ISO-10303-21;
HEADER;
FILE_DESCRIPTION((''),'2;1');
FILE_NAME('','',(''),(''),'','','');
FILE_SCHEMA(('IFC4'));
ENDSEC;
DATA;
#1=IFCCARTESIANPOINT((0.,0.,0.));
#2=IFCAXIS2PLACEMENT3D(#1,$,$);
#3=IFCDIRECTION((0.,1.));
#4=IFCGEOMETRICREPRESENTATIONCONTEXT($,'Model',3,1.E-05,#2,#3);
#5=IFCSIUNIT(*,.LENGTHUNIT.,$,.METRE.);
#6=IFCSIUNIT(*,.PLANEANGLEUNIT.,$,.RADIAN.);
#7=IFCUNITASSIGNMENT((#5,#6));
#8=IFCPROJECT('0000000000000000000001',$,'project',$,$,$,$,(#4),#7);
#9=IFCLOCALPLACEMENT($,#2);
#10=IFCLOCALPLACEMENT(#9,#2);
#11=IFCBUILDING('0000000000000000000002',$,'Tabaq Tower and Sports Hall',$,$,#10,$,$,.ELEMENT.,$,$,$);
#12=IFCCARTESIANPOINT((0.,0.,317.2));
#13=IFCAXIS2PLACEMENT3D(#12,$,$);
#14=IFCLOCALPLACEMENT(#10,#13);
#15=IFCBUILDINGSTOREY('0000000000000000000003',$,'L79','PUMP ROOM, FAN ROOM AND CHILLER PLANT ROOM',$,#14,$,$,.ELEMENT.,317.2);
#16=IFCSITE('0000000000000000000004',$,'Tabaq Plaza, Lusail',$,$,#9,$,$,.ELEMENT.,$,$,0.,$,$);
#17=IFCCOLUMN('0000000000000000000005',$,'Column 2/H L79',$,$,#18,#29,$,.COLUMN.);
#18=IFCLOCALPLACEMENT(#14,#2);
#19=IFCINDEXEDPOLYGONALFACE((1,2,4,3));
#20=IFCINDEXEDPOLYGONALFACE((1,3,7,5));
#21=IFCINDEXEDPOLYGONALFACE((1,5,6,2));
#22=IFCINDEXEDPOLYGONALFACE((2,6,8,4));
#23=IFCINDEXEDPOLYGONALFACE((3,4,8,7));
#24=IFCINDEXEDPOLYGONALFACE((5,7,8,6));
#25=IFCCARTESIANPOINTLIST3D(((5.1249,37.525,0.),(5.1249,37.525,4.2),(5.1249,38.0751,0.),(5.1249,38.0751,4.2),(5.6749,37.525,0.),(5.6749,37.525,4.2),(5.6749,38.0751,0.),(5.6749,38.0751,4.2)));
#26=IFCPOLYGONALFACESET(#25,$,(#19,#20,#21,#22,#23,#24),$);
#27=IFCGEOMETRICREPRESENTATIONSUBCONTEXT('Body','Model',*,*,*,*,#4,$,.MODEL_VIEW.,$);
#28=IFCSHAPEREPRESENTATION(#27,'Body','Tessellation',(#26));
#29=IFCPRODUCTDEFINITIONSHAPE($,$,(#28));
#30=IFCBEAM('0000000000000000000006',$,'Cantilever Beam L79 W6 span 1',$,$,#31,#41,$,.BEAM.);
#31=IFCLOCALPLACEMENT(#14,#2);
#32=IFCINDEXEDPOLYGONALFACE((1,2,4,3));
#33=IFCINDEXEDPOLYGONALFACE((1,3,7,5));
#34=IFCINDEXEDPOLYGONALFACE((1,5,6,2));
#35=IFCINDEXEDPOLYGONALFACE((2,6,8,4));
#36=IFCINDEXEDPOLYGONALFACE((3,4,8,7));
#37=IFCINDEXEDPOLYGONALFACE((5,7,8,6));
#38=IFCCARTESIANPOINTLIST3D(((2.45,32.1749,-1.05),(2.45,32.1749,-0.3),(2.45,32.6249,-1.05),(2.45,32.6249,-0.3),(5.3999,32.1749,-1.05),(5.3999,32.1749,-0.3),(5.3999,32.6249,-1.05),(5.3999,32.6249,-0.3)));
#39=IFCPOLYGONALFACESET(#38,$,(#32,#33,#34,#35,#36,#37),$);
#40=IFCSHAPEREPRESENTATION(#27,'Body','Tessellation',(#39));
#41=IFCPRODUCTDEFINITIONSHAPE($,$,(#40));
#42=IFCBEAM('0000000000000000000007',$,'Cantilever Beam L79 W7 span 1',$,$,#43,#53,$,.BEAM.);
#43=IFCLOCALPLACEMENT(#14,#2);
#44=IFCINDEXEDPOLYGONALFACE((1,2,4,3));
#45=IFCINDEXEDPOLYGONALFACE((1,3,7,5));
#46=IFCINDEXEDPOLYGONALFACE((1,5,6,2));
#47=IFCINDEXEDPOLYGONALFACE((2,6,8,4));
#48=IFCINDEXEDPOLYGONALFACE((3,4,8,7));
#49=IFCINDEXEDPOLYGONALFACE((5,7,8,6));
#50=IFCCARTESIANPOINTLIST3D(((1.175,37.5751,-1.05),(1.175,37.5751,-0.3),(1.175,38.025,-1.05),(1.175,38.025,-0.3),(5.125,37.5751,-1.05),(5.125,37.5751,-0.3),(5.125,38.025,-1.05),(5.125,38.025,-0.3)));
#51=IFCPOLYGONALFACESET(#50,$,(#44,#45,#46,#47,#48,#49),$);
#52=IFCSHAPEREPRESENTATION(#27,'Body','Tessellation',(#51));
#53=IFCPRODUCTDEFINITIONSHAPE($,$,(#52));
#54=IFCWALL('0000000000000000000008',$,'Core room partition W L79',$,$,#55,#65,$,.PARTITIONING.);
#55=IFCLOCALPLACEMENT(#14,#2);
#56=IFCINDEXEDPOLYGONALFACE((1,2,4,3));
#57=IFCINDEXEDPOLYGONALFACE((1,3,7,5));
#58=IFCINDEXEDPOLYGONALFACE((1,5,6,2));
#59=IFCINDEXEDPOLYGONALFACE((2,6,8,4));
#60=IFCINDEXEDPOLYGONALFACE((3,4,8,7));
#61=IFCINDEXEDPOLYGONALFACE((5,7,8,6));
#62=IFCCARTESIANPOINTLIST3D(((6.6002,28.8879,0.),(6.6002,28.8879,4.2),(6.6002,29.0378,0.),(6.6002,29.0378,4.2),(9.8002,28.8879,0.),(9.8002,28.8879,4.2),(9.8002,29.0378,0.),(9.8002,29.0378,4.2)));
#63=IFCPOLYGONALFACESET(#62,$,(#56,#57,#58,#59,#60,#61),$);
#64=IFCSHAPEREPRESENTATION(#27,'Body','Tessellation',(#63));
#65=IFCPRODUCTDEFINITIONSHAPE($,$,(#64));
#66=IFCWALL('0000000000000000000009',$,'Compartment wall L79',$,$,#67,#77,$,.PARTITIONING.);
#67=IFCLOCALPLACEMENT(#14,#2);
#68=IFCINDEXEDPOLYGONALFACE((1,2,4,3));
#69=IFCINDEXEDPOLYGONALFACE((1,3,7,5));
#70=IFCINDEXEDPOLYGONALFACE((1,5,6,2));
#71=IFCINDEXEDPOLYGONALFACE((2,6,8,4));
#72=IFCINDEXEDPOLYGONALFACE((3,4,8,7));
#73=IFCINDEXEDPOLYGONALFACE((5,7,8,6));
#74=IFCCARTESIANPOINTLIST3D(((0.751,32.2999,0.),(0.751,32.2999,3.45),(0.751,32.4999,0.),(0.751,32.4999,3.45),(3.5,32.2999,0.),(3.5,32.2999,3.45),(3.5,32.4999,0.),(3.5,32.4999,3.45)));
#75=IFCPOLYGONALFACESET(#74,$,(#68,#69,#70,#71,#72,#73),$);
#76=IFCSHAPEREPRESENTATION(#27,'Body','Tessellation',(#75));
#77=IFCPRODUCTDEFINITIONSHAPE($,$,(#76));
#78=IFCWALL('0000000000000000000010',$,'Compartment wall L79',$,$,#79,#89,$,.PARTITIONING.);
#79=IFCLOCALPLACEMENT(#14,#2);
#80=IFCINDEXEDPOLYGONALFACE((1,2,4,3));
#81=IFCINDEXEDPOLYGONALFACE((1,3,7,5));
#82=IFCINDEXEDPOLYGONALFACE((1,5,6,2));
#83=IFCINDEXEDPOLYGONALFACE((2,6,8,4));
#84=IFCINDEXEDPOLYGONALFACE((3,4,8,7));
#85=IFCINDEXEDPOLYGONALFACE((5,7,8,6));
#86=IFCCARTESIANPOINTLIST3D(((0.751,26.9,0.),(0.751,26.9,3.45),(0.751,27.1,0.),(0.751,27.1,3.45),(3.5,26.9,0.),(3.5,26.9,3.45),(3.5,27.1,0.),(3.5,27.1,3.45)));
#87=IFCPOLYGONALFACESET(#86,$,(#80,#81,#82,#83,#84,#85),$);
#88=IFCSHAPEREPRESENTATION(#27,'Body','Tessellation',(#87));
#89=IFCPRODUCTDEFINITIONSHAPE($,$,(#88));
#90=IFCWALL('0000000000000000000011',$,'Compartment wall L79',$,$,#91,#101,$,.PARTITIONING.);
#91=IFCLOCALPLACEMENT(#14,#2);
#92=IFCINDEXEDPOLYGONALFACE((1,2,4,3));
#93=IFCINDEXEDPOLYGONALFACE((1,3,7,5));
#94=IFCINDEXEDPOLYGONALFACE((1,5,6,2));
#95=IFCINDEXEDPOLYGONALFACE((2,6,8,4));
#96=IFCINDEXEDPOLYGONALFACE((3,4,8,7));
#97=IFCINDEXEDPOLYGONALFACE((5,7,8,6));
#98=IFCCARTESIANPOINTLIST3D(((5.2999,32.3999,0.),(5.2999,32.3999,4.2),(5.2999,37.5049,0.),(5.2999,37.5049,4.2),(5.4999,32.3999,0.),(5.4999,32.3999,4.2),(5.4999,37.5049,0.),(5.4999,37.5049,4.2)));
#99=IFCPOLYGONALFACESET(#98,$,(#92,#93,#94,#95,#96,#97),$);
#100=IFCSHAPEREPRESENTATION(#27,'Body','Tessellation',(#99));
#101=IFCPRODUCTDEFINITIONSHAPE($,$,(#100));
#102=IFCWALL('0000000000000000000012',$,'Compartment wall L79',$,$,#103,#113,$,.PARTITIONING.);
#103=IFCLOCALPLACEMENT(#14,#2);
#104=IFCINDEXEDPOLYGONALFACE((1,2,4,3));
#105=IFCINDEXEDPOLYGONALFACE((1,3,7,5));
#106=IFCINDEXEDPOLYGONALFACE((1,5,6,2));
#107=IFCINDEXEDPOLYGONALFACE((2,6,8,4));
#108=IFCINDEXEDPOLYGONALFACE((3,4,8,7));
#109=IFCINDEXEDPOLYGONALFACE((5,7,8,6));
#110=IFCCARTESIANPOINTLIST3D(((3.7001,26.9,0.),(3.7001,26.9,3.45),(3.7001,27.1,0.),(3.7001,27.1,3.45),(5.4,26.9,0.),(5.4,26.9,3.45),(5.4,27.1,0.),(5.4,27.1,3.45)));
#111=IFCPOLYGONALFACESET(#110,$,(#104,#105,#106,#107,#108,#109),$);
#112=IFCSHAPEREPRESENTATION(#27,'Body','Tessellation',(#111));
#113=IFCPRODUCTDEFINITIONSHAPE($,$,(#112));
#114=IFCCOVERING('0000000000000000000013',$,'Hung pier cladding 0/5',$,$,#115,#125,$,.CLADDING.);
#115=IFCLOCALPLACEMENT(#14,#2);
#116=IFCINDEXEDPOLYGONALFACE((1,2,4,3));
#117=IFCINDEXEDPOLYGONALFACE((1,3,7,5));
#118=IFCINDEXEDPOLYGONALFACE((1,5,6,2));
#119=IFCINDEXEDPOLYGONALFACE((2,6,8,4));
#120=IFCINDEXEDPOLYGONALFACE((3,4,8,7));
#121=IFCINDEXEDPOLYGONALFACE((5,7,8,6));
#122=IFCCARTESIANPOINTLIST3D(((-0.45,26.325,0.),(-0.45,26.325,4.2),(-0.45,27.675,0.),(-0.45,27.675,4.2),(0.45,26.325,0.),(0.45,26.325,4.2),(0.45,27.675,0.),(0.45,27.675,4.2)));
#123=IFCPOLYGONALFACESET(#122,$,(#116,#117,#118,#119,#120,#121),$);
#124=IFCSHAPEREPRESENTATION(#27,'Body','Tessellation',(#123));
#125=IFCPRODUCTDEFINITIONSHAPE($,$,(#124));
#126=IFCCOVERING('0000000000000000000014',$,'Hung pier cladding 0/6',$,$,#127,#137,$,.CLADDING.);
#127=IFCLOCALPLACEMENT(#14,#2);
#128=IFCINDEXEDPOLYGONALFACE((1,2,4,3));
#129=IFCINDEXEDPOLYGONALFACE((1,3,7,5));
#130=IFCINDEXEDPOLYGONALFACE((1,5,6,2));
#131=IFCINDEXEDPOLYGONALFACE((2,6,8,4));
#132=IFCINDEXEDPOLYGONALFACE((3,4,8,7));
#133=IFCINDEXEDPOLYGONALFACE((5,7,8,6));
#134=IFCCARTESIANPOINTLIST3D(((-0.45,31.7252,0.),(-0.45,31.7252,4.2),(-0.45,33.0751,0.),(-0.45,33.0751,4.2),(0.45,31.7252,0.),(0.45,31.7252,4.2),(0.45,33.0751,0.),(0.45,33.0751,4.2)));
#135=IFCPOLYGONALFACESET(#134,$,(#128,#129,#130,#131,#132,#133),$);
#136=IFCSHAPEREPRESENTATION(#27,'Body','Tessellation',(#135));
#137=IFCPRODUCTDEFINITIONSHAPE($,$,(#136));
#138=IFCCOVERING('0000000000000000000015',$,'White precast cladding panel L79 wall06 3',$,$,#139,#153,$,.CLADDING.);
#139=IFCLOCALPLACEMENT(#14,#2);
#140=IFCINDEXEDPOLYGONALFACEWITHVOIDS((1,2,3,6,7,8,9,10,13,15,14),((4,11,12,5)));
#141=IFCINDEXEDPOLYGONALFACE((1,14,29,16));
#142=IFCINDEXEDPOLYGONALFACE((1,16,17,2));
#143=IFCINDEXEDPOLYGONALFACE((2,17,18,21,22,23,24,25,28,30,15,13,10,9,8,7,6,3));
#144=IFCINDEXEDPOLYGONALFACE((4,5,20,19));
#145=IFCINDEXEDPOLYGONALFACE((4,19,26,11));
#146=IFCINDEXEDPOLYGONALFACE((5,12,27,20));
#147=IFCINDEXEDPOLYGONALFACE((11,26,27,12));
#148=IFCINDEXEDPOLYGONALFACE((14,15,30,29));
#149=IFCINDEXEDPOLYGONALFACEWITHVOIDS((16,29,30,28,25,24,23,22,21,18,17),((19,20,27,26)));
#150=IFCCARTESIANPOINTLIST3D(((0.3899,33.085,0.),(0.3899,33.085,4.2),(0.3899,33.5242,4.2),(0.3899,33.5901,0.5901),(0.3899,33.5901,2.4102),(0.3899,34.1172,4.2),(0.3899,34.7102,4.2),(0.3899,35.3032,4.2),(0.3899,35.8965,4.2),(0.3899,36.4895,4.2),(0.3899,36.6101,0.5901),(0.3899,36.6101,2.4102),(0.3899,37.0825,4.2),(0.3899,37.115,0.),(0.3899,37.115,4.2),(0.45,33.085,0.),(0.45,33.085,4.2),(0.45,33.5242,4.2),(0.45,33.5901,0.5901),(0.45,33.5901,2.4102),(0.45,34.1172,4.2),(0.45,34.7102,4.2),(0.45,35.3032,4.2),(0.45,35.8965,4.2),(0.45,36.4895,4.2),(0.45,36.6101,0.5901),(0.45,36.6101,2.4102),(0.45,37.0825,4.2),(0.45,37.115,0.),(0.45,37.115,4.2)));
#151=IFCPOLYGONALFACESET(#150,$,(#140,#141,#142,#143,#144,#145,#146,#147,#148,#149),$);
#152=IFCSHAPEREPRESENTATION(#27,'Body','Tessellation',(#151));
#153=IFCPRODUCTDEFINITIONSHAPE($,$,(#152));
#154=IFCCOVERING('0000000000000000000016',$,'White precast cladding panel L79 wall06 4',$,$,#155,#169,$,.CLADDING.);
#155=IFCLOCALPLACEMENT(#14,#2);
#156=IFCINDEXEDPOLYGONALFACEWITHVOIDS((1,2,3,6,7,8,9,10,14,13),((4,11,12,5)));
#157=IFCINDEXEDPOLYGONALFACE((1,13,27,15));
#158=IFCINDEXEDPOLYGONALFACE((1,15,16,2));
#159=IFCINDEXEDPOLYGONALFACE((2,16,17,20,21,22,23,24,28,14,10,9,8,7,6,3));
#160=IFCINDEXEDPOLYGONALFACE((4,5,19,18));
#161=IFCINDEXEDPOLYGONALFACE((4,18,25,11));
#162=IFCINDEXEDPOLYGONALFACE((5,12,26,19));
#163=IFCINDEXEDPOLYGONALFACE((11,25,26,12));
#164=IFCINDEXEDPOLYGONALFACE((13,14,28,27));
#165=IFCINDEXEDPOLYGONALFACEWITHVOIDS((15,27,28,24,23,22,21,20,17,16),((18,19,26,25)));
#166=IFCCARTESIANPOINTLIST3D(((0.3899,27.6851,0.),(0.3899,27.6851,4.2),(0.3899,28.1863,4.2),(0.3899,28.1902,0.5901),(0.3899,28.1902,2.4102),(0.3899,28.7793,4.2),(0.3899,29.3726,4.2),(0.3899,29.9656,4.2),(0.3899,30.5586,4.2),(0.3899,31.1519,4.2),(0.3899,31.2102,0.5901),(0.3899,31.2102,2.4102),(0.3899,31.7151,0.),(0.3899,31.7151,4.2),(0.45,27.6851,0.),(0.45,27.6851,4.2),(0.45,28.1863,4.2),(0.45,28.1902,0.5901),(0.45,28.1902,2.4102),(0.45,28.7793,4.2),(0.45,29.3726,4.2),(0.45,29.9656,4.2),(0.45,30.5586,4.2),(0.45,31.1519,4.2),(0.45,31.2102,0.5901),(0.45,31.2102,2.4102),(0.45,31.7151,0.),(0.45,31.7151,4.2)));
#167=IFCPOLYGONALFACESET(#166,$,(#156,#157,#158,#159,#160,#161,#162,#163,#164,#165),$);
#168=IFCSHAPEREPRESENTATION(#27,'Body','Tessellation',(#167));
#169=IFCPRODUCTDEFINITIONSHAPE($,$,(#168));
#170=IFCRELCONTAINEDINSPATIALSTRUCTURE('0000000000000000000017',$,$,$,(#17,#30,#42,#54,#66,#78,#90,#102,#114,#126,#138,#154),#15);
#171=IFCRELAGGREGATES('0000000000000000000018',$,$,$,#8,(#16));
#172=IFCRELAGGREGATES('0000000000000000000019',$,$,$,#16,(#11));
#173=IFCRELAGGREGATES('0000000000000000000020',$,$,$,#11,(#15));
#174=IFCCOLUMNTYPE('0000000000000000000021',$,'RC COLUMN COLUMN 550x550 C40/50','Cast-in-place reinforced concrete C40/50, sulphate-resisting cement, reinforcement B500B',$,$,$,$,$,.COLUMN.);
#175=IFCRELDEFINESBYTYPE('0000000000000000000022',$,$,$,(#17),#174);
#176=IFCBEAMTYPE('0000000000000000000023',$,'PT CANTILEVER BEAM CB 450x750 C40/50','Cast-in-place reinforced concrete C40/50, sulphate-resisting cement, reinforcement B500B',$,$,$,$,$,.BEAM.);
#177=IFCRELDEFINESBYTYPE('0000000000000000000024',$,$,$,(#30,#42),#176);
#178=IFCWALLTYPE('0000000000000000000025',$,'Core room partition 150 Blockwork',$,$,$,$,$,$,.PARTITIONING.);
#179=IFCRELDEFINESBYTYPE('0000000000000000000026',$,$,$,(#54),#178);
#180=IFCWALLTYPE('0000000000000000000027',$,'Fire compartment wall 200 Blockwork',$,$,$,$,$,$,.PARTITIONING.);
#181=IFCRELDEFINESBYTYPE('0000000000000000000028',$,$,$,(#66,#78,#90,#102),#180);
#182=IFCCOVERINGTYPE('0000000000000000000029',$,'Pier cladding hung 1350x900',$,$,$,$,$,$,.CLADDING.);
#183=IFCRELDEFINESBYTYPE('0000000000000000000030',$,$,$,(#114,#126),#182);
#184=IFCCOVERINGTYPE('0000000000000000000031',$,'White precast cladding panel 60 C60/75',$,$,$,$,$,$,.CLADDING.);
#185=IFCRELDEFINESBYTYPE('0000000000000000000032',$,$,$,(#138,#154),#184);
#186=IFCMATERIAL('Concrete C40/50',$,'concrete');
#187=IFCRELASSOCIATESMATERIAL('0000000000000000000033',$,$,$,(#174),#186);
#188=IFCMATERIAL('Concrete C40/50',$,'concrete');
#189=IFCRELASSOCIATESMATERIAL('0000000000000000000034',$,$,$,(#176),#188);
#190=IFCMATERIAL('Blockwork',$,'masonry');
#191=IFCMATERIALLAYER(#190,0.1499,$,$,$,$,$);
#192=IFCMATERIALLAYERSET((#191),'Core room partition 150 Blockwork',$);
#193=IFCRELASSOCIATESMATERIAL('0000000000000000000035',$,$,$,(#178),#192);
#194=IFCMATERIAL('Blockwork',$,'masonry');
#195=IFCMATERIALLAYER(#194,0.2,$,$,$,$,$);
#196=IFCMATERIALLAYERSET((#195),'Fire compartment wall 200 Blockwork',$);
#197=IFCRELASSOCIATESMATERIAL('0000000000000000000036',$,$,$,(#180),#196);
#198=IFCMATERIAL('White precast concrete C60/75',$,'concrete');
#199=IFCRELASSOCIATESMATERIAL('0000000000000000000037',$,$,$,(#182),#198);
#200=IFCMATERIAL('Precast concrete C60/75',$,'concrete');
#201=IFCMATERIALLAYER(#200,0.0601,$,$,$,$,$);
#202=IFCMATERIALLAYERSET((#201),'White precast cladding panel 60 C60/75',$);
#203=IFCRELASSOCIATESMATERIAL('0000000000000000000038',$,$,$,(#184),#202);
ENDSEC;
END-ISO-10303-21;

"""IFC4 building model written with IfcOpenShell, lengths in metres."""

from ifc_helpers import new_model, si_unit, direction, frame, frame_2d, origin, origin_2d, place, context, subcontext, project, spatial, polyline, rectangle, outline, extrude, material, layer, layer_set, material_profile, profile_set, type_object, element, save


model = new_model("IFC4")

# Units and contexts
model_context = context("Model", 3, precision=1e-05, world=origin(), true_north=direction((0.0, 1.0)))
body_context = subcontext(model_context, "Body", "Model", "MODEL_VIEW")
ifc_project = project(units=[si_unit("LENGTHUNIT", "METRE"), si_unit("PLANEANGLEUNIT", "RADIAN")], contexts=[model_context])

# Site, building, storey
site_placement = place(None, origin())
site = spatial("IfcSite", under=ifc_project, at=site_placement, Name="Tabaq Plaza, Lusail", CompositionType="ELEMENT", RefElevation=0.0)
building_placement = place(site_placement, origin())
building = spatial("IfcBuilding", under=site, at=building_placement, Name="Tabaq Tower and Sports Hall", CompositionType="ELEMENT")
storey_placement = place(building_placement, frame((0.0, 0.0, 317.2)))
storey = spatial("IfcBuildingStorey", under=building, at=storey_placement, Name="L79", Description="PUMP ROOM, FAN ROOM AND CHILLER PLANT ROOM", CompositionType="ELEMENT", Elevation=317.2)

# Column
ifc_material_1 = material(Name="Concrete C40/50", Category="concrete")
ifc_material_profile_1 = material_profile(ifc_material_1, rectangle(XDim=0.55, YDim=0.55, at=origin_2d()), Name="COLUMN 550x550")
ifc_profile_set_1 = profile_set([ifc_material_profile_1], Name="Concrete C40/50")
column_type = type_object("IfcColumnType", Name="RC COLUMN COLUMN 550x550 C40/50", Description="Cast-in-place reinforced concrete C40/50, sulphate-resisting cement, reinforcement B500B", PredefinedType="COLUMN", material=ifc_profile_set_1)
column_placement = place(storey_placement, frame((5.3999, 37.8, 0.0), z_axis=(0.0, 0.0, 1.0), x_axis=(1.0, 0.0, 0.0)))
element("IfcColumn", 1, at=column_placement, inside=storey, type_object=column_type, Name="Column 2/H L79", PredefinedType="COLUMN", context=body_context, shape_type="SweptSolid", body=[
    extrude(rectangle(XDim=0.55, YDim=0.55, at=origin_2d()), origin(), (0.0, 0.0, 1.0), 4.2),
])

# Beams
ifc_material_2 = material(Name="Concrete C40/50", Category="concrete")
ifc_material_profile_2 = material_profile(ifc_material_2, rectangle(XDim=0.45, YDim=0.75, at=origin_2d()), Name="CB 450x750")
ifc_profile_set_2 = profile_set([ifc_material_profile_2], Name="Concrete C40/50")
beam_type = type_object("IfcBeamType", Name="PT CANTILEVER BEAM CB 450x750 C40/50", Description="Cast-in-place reinforced concrete C40/50, sulphate-resisting cement, reinforcement B500B", PredefinedType="BEAM", material=ifc_profile_set_2)
beam_1_placement = place(storey_placement, frame((2.45, 32.3999, -0.675), z_axis=(1.0, 0.0, 0.0), x_axis=(0.0, 1.0, 0.0)))
element("IfcBeam", 2, at=beam_1_placement, inside=storey, type_object=beam_type, Name="Cantilever Beam L79 W6 span 1", PredefinedType="BEAM", context=body_context, shape_type="SweptSolid", body=[
    extrude(rectangle(XDim=0.45, YDim=0.75, at=origin_2d()), origin(), (0.0, 0.0, 1.0), 2.95),
])
beam_2_placement = place(storey_placement, frame((1.175, 37.8, -0.675), z_axis=(1.0, 0.0, 0.0), x_axis=(0.0, 1.0, 0.0)))
element("IfcBeam", 3, at=beam_2_placement, inside=storey, type_object=beam_type, Name="Cantilever Beam L79 W7 span 1", PredefinedType="BEAM", context=body_context, shape_type="SweptSolid", body=[
    extrude(rectangle(XDim=0.45, YDim=0.75, at=origin_2d()), origin(), (0.0, 0.0, 1.0), 3.95),
])

# Wall
ifc_material_3 = material(Name="Blockwork", Category="masonry")
ifc_layer_1 = layer(ifc_material_3, 0.1499)
ifc_layer_set_1 = layer_set([ifc_layer_1], Name="Core room partition 150 Blockwork")
wall_type_1 = type_object("IfcWallType", Name="Core room partition 150 Blockwork", PredefinedType="PARTITIONING", material=ifc_layer_set_1)
wall_1_placement = place(storey_placement, frame((6.6001, 28.9629, 0.0), z_axis=(0.0, 0.0, 1.0), x_axis=(1.0, 0.0, 0.0)))
element("IfcWall", 4, at=wall_1_placement, inside=storey, type_object=wall_type_1, Name="Core room partition W L79", PredefinedType="PARTITIONING", context=body_context, shape_type="SweptSolid", body=[
    extrude(rectangle(XDim=3.2, YDim=0.1499, at=frame_2d((1.6001, 0.0))), origin(), (0.0, 0.0, 1.0), 4.2),
])

# Walls
ifc_material_4 = material(Name="Blockwork", Category="masonry")
ifc_layer_2 = layer(ifc_material_4, 0.2)
ifc_layer_set_2 = layer_set([ifc_layer_2], Name="Fire compartment wall 200 Blockwork")
wall_type_2 = type_object("IfcWallType", Name="Fire compartment wall 200 Blockwork", PredefinedType="PARTITIONING", material=ifc_layer_set_2)
for number, where, z_axis, x_axis, name in (
    (5, (0.751, 32.3999, 0.0), (0.0, 0.0, 1.0), (1.0, 0.0, 0.0), "Compartment wall L79"),
    (6, (0.751, 27.0, 0.0), (0.0, 0.0, 1.0), (1.0, 0.0, 0.0), "Compartment wall L79"),
):
    element("IfcWall", number, at=place(storey_placement, frame(where, z_axis=z_axis, x_axis=x_axis)), inside=storey, type_object=wall_type_2, Name=name, PredefinedType="PARTITIONING", context=body_context, shape_type="SweptSolid", body=[
        extrude(rectangle(XDim=2.749, YDim=0.2, at=frame_2d((1.3745, 0.0))), origin(), (0.0, 0.0, 1.0), 3.45),
    ])
wall_2_placement = place(storey_placement, frame((5.3999, 37.5049, 0.0), z_axis=(0.0, 0.0, 1.0), x_axis=(0.0, -1.0, 0.0)))
element("IfcWall", 7, at=wall_2_placement, inside=storey, type_object=wall_type_2, Name="Compartment wall L79", PredefinedType="PARTITIONING", context=body_context, shape_type="SweptSolid", body=[
    extrude(rectangle(XDim=5.105, YDim=0.2, at=frame_2d((2.5525, 0.0))), origin(), (0.0, 0.0, 1.0), 4.2),
])
wall_3_placement = place(storey_placement, frame((3.7, 27.0, 0.0), z_axis=(0.0, 0.0, 1.0), x_axis=(1.0, 0.0, 0.0)))
element("IfcWall", 8, at=wall_3_placement, inside=storey, type_object=wall_type_2, Name="Compartment wall L79", PredefinedType="PARTITIONING", context=body_context, shape_type="SweptSolid", body=[
    extrude(rectangle(XDim=1.7, YDim=0.2, at=frame_2d((0.8501, 0.0))), origin(), (0.0, 0.0, 1.0), 3.45),
])

# Coverings
ifc_material_5 = material(Name="White precast concrete C60/75", Category="concrete")
covering_type_1 = type_object("IfcCoveringType", Name="Pier cladding hung 1350x900", PredefinedType="CLADDING", material=ifc_material_5)
covering_1_placement = place(storey_placement, frame((0.0, 27.675, 0.0), z_axis=(0.0, 0.0, 1.0), x_axis=(0.0, -1.0, 0.0)))
element("IfcCovering", 9, at=covering_1_placement, inside=storey, type_object=covering_type_1, Name="Hung pier cladding 0/5", PredefinedType="CLADDING", context=body_context, shape_type="SweptSolid", body=[
    extrude(rectangle(XDim=1.3501, YDim=0.8999, at=frame_2d((0.675, 0.0))), origin(), (0.0, 0.0, 1.0), 4.2),
])
covering_2_placement = place(storey_placement, frame((0.0, 33.075, 0.0), z_axis=(0.0, 0.0, 1.0), x_axis=(0.0, -1.0, 0.0)))
element("IfcCovering", 10, at=covering_2_placement, inside=storey, type_object=covering_type_1, Name="Hung pier cladding 0/6", PredefinedType="CLADDING", context=body_context, shape_type="SweptSolid", body=[
    extrude(rectangle(XDim=1.3499, YDim=0.8999, at=frame_2d((0.6748, 0.0))), origin(), (0.0, 0.0, 1.0), 4.2),
])
ifc_material_6 = material(Name="Precast concrete C60/75", Category="concrete")
ifc_layer_3 = layer(ifc_material_6, 0.0601)
ifc_layer_set_3 = layer_set([ifc_layer_3], Name="White precast cladding panel 60 C60/75")
covering_type_2 = type_object("IfcCoveringType", Name="White precast cladding panel 60 C60/75", PredefinedType="CLADDING", material=ifc_layer_set_3)
covering_3_placement = place(storey_placement, frame((0.4199, 37.115, 0.0), z_axis=(0.0, 0.0, 1.0), x_axis=(0.0, -1.0, 0.0)))
element("IfcCovering", 11, at=covering_3_placement, inside=storey, type_object=covering_type_2, Name="White precast cladding panel L79 wall06 3", PredefinedType="CLADDING", context=body_context, shape_type="SweptSolid", body=[
    extrude(outline(polyline([(0.0, 0.0), (4.03, 0.0), (4.03, 4.2), (3.5908, 4.2), (2.9978, 4.2), (2.4048, 4.2), (1.8118, 4.2), (1.2185, 4.2), (0.6255, 4.2), (0.0325, 4.2), (0.0, 4.2), (0.0, 0.0)]), holes=[polyline([(0.5049, 0.5901), (0.5049, 2.4102), (3.5249, 2.4102), (3.5249, 0.5901), (0.5049, 0.5901)])]), frame((0.0, 0.03, 0.0), z_axis=(0.0, -1.0, 0.0), x_axis=(1.0, 0.0, 0.0)), (0.0, 0.0, 1.0), 0.0601),
])
covering_4_placement = place(storey_placement, frame((0.4199, 31.7151, 0.0), z_axis=(0.0, 0.0, 1.0), x_axis=(0.0, -1.0, 0.0)))
element("IfcCovering", 12, at=covering_4_placement, inside=storey, type_object=covering_type_2, Name="White precast cladding panel L79 wall06 4", PredefinedType="CLADDING", context=body_context, shape_type="SweptSolid", body=[
    extrude(outline(polyline([(0.0, 0.0), (4.03, 0.0), (4.03, 4.2), (3.5288, 4.2), (2.9358, 4.2), (2.3425, 4.2), (1.7495, 4.2), (1.1565, 4.2), (0.5632, 4.2), (0.0, 4.2), (0.0, 0.0)]), holes=[polyline([(0.5049, 0.5901), (0.5049, 2.4102), (3.5249, 2.4102), (3.5249, 0.5901), (0.5049, 0.5901)])]), frame((0.0, 0.03, 0.0), z_axis=(0.0, -1.0, 0.0), x_axis=(1.0, 0.0, 0.0)), (0.0, 0.0, 1.0), 0.0601),
])

save(model, "model.ifc")
